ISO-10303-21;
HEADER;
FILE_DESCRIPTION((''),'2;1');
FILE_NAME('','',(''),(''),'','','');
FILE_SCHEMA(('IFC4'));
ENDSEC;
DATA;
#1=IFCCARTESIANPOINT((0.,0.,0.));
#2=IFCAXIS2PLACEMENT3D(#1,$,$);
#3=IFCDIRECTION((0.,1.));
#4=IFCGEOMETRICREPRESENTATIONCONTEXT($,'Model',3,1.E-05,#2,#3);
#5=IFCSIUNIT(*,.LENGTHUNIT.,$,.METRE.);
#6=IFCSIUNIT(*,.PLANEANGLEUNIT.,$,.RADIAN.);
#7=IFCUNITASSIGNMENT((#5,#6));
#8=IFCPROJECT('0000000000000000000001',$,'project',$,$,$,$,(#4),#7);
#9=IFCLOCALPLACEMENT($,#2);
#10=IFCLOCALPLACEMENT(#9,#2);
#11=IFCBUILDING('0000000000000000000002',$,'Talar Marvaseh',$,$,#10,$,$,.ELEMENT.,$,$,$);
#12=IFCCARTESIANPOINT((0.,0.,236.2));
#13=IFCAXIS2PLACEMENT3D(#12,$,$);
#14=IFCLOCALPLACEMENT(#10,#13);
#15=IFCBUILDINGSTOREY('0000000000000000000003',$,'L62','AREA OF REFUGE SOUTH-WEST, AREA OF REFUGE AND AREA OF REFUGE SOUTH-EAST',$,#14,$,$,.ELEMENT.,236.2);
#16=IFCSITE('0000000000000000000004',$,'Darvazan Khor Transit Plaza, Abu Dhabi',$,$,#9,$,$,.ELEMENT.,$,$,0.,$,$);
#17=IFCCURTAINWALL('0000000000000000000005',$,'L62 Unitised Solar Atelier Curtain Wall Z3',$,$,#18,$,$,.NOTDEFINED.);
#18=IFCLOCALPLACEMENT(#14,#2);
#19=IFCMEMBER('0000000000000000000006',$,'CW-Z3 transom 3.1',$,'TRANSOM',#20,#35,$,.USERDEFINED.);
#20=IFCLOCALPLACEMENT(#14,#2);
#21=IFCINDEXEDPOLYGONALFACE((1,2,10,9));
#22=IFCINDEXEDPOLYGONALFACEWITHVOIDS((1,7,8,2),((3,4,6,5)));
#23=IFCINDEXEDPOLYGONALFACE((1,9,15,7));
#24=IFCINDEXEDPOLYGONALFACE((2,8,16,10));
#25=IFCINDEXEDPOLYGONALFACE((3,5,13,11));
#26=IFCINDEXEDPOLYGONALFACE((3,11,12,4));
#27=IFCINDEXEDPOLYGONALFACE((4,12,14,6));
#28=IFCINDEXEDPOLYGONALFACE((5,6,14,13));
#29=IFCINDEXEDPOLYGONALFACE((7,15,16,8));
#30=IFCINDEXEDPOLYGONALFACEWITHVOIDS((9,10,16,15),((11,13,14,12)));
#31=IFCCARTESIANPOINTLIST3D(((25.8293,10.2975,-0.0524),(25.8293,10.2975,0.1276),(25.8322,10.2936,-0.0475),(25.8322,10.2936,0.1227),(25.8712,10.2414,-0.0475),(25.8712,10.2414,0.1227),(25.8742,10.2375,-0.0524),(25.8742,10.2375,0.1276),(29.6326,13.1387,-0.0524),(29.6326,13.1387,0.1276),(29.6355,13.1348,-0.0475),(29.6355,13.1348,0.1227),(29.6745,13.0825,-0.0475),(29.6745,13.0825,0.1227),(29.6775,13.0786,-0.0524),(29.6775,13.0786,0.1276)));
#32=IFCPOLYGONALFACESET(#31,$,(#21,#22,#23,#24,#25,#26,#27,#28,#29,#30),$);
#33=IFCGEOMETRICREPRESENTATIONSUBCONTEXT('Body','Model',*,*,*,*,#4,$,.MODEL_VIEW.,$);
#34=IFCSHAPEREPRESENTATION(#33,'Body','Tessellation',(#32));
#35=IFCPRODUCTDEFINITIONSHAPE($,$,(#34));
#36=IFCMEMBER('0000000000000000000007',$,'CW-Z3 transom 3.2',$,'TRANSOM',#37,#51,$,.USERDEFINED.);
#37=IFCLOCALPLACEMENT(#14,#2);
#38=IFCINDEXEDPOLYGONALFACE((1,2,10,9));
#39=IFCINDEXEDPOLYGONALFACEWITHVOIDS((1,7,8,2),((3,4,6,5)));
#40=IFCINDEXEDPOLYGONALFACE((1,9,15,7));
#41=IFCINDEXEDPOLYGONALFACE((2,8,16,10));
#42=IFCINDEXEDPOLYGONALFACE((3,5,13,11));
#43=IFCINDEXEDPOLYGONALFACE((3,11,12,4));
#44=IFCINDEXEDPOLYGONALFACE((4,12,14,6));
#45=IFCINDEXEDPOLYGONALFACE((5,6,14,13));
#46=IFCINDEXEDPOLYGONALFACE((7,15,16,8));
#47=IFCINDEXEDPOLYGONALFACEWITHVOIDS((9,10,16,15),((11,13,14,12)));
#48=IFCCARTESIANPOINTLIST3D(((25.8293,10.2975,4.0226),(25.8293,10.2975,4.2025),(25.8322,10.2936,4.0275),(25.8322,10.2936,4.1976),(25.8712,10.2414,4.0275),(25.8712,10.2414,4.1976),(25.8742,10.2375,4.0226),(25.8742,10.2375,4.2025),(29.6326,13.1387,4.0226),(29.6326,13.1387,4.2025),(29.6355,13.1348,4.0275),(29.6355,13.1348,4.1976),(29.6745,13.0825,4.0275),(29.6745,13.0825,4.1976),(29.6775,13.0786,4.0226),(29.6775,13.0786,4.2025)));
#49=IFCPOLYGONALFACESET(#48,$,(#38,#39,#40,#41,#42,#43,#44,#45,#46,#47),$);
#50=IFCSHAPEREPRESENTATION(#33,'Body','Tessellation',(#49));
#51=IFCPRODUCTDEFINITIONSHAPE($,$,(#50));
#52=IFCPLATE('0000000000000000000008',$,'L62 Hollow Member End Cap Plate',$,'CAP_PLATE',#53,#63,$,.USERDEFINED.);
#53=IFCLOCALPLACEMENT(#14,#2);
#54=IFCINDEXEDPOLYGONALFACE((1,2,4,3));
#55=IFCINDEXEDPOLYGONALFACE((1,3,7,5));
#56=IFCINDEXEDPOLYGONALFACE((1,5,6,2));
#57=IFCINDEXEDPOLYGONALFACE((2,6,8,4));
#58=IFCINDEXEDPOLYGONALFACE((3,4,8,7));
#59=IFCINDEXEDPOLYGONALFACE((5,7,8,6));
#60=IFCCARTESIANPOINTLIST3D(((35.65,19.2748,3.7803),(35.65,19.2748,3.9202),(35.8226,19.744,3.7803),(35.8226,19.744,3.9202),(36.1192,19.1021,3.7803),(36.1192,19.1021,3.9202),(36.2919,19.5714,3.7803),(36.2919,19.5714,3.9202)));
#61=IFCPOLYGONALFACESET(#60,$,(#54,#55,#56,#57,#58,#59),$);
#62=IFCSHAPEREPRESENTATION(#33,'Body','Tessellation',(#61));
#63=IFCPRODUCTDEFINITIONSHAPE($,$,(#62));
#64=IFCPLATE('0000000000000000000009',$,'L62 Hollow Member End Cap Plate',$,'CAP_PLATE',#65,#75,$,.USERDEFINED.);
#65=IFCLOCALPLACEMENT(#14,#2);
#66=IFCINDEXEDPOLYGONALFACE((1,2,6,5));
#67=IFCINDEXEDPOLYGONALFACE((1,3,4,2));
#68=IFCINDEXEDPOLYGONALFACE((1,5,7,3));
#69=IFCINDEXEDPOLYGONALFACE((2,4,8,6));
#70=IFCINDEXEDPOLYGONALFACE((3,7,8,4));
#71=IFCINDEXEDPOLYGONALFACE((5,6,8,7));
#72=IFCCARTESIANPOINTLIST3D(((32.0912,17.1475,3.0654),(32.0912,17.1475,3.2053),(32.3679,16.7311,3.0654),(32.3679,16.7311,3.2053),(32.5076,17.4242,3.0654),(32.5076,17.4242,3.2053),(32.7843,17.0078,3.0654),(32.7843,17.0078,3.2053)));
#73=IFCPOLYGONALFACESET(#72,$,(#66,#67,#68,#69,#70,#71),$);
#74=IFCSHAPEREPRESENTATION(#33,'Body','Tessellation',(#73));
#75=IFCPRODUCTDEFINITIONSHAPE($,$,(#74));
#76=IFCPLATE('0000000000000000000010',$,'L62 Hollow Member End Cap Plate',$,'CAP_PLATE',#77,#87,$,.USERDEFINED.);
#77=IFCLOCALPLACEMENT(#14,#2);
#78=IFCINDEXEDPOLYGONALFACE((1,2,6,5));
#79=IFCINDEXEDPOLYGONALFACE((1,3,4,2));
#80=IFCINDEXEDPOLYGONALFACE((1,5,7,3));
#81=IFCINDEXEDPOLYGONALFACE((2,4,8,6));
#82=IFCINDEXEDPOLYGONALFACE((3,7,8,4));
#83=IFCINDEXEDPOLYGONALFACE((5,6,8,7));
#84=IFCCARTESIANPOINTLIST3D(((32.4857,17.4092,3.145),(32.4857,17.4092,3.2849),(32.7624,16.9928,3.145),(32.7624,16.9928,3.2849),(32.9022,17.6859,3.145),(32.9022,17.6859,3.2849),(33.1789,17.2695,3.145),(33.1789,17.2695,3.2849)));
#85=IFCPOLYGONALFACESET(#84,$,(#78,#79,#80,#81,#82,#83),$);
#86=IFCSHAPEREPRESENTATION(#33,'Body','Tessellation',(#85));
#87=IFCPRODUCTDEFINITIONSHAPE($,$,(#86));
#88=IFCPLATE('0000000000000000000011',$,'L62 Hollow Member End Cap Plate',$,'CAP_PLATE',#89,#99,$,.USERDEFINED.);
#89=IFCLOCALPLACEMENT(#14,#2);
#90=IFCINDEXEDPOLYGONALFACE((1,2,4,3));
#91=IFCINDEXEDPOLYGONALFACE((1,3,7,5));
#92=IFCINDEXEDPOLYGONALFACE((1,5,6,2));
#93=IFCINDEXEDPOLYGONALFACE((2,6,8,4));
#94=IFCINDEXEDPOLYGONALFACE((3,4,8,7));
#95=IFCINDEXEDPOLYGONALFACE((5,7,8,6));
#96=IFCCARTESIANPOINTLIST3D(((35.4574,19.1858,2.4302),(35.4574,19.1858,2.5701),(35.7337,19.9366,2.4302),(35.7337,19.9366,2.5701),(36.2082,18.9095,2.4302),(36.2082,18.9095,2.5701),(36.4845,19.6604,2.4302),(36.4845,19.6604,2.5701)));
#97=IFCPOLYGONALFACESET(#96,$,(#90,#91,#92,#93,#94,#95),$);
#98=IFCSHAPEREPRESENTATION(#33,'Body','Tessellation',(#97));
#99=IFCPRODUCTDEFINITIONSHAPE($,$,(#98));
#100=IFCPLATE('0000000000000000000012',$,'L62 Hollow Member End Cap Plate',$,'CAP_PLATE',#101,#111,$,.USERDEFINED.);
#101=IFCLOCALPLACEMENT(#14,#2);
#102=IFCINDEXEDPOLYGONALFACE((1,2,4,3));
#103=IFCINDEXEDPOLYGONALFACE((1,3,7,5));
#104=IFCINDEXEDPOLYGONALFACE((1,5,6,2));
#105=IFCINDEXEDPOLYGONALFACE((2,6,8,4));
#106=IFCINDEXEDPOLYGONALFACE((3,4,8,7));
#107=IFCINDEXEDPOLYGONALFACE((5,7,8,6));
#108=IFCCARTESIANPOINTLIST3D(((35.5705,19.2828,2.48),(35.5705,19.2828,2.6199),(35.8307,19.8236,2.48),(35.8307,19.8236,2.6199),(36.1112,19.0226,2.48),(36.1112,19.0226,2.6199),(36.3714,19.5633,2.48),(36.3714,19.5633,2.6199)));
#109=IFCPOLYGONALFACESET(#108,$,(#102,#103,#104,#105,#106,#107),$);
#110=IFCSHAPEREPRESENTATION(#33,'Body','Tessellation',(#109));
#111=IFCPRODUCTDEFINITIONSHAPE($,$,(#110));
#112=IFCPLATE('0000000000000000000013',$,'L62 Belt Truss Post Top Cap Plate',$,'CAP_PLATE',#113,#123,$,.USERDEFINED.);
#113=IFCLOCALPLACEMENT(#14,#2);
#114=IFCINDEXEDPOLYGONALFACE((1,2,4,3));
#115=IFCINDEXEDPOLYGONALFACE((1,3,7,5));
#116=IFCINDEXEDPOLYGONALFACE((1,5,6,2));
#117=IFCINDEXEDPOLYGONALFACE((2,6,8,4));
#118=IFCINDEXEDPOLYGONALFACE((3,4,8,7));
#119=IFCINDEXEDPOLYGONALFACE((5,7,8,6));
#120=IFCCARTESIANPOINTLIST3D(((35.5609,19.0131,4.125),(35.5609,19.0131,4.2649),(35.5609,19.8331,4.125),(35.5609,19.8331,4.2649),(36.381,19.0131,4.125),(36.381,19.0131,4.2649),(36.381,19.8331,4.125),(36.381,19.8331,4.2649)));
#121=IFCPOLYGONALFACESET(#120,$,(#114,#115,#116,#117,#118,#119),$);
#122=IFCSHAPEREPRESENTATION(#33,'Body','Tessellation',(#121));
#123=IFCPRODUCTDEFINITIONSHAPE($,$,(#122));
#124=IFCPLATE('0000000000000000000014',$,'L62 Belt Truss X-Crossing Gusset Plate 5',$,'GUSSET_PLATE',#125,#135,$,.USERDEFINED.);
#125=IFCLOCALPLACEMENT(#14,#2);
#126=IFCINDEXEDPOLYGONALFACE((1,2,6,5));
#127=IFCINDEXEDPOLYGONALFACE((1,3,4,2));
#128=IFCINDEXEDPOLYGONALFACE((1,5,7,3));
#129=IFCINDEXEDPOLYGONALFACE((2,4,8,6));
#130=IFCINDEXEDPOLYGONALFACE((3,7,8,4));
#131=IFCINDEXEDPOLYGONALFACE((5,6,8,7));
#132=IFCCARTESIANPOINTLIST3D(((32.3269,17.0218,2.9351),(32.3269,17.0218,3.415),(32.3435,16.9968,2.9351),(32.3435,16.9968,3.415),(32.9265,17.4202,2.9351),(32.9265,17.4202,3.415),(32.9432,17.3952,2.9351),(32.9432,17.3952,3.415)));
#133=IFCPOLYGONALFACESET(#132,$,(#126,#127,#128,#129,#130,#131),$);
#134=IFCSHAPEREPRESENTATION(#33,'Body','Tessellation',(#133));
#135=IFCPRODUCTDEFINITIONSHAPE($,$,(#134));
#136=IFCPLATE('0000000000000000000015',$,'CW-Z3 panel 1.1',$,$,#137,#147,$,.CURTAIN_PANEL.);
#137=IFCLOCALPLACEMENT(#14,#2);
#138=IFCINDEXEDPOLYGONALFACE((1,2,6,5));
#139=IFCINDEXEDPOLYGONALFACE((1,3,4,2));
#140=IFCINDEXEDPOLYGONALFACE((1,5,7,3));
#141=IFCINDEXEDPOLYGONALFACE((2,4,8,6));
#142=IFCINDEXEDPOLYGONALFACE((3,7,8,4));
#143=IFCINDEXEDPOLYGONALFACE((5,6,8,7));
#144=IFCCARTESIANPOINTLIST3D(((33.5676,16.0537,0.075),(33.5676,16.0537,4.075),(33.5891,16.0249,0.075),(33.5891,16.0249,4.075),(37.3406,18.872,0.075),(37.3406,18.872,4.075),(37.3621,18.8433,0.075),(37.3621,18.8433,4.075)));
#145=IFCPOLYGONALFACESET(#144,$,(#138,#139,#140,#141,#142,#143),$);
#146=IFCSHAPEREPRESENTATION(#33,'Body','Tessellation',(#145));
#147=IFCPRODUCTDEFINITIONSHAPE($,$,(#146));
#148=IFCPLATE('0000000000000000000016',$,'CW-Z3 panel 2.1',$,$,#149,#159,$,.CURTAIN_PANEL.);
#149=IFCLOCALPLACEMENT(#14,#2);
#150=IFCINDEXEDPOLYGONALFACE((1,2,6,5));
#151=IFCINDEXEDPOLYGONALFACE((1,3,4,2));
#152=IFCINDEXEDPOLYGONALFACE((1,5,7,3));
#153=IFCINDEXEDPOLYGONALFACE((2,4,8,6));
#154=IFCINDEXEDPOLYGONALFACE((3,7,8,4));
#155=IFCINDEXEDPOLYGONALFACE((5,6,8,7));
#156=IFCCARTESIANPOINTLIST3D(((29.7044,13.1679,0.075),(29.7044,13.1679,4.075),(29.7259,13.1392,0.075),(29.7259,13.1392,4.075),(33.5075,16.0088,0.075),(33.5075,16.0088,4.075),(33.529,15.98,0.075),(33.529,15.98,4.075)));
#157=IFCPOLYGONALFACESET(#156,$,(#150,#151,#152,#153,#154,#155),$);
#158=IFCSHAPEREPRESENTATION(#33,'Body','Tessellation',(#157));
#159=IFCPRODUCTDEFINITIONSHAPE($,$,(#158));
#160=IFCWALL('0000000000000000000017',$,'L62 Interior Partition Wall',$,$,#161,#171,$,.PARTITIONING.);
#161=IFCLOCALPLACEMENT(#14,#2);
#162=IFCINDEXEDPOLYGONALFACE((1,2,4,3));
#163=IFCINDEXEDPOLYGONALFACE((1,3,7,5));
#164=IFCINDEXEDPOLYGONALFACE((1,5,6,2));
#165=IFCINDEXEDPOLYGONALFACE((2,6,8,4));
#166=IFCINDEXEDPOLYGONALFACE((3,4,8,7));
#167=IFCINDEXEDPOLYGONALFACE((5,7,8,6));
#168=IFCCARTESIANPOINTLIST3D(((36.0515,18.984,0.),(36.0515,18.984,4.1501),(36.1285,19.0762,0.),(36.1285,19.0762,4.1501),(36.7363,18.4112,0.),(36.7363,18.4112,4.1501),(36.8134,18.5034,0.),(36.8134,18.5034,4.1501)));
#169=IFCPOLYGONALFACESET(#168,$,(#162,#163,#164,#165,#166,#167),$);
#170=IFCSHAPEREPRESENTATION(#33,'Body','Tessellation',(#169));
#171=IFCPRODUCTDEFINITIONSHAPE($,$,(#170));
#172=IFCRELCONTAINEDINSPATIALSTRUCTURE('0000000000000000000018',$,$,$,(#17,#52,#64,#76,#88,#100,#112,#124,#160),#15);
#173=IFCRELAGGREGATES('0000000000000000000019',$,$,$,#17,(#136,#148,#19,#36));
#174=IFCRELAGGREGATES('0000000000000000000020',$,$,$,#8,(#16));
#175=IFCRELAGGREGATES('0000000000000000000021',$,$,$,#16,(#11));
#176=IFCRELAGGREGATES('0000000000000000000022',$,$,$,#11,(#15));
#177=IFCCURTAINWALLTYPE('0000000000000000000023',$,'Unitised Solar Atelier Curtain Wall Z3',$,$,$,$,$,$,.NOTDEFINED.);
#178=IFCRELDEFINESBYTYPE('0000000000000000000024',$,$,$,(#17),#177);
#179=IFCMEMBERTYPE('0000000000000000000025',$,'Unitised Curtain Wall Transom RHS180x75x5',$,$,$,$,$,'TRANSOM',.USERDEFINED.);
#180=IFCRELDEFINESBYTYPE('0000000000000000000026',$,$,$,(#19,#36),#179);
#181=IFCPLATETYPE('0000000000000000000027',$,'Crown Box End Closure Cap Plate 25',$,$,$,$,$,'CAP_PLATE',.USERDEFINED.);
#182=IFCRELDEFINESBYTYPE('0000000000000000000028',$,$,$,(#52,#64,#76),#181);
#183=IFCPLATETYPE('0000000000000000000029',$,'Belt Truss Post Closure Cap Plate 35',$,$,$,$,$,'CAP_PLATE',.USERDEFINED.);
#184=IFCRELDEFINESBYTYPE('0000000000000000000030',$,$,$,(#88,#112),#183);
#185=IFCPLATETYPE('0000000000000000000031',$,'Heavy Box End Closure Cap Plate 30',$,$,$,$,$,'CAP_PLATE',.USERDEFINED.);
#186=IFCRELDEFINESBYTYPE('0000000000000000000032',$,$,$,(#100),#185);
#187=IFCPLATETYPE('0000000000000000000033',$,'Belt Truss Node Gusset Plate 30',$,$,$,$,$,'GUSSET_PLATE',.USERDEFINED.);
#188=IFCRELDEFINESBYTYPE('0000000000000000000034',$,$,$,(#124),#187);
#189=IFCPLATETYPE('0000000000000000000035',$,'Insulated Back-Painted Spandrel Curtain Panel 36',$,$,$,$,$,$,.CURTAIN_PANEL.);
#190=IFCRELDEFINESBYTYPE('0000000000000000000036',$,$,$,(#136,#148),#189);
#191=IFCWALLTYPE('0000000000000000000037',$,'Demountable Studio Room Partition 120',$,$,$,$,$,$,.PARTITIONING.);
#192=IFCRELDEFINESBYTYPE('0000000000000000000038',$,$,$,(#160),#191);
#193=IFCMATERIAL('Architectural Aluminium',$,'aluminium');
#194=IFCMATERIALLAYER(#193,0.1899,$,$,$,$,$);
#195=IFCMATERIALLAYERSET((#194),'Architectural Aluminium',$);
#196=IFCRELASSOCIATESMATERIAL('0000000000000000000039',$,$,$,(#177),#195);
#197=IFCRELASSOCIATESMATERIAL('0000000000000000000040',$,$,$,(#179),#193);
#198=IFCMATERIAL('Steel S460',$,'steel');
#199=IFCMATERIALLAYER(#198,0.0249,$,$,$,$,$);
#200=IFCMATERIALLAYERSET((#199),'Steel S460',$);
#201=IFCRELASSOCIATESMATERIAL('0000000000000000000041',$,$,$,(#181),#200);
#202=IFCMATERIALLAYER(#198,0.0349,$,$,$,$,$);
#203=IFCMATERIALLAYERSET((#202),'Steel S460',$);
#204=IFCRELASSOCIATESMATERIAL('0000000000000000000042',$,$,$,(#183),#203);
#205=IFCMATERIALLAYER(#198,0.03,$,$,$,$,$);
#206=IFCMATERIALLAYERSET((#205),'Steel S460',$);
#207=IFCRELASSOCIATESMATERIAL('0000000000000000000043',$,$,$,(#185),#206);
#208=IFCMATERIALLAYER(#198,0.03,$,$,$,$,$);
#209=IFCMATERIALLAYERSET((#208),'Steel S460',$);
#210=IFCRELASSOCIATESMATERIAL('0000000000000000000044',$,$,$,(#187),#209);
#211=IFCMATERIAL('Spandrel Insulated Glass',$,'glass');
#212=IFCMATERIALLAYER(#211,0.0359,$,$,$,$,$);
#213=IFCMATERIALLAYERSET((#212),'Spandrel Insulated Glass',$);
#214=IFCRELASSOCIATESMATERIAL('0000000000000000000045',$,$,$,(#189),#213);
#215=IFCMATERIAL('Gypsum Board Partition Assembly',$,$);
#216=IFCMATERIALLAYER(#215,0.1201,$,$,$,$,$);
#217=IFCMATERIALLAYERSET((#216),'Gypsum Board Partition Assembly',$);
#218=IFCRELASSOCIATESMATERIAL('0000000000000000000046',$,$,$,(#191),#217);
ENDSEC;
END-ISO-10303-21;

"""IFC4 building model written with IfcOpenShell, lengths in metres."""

from ifc_helpers import new_model, si_unit, direction, frame, frame_2d, origin, origin_2d, place, context, subcontext, project, spatial, rectangle, hollow_rectangle, extrude, source, transform, mapped, material, layer, layer_set, material_profile, profile_set, type_object, type_shapes, element, aggregate, save


model = new_model("IFC4")

# Units and contexts
model_context = context("Model", 3, precision=1e-05, world=origin(), true_north=direction((0.0, 1.0)))
body_context = subcontext(model_context, "Body", "Model", "MODEL_VIEW")
ifc_project = project(units=[si_unit("LENGTHUNIT", "METRE"), si_unit("PLANEANGLEUNIT", "RADIAN")], contexts=[model_context])

# Site, building, storey
site_placement = place(None, origin())
site = spatial("IfcSite", under=ifc_project, at=site_placement, Name="Darvazan Khor Transit Plaza, Abu Dhabi", CompositionType="ELEMENT", RefElevation=0.0)
building_placement = place(site_placement, origin())
building = spatial("IfcBuilding", under=site, at=building_placement, Name="Talar Marvaseh", CompositionType="ELEMENT")
storey_placement = place(building_placement, frame((0.0, 0.0, 236.2)))
storey = spatial("IfcBuildingStorey", under=building, at=storey_placement, Name="L62", Description="AREA OF REFUGE SOUTH-WEST, AREA OF REFUGE AND AREA OF REFUGE SOUTH-EAST", CompositionType="ELEMENT", Elevation=236.2)

# Shared definitions
ifc_material_1 = material(Name="Steel S460", Category="steel")

# Curtain wall, members
ifc_material_2 = material(Name="Architectural Aluminium", Category="aluminium")
ifc_layer_1 = layer(ifc_material_2, 0.1899)
ifc_layer_set_1 = layer_set([ifc_layer_1], Name="Architectural Aluminium")
curtain_wall_type = type_object("IfcCurtainWallType", Name="Unitised Solar Atelier Curtain Wall Z3", PredefinedType="NOTDEFINED", material=ifc_layer_set_1)
curtain_wall_placement = place(storey_placement, origin())
curtain_wall = element("IfcCurtainWall", 1, at=curtain_wall_placement, inside=storey, type_object=curtain_wall_type, Name="L62 Unitised Solar Atelier Curtain Wall Z3", PredefinedType="NOTDEFINED")
ifc_material_profile_1 = material_profile(ifc_material_2, hollow_rectangle(XDim=0.075, YDim=0.1799, WallThickness=0.0049, at=origin_2d()), Name="RHS180x75x5")
ifc_profile_set_1 = profile_set([ifc_material_profile_1], Name="Architectural Aluminium")
member_type_1 = type_object("IfcMemberType", Name="Unitised Curtain Wall Transom RHS180x75x5", ElementType="TRANSOM", PredefinedType="USERDEFINED", material=ifc_profile_set_1)
shared_shape_1 = source(origin(), body_context, "Body", "SweptSolid", [
    extrude(hollow_rectangle(XDim=0.075, YDim=0.1799, WallThickness=0.0049, at=origin_2d()), origin(), (0.0, 0.0, 1.0), 4.7473),
])
member_1_placement = place(storey_placement, frame((29.655, 13.1086, 0.0376), z_axis=(-0.801146, -0.598468, 0.0), x_axis=(0.598468, -0.801146, 0.0)))
member_1 = element("IfcMember", 2, at=member_1_placement, type_object=member_type_1, Name="CW-Z3 transom 3.1", ObjectType="TRANSOM", PredefinedType="USERDEFINED", context=body_context, shape_type="MappedRepresentation", body=[
    mapped(shared_shape_1, transform((0.0, 0.0, 0.0), x_axis=(1.0, 0.0, 0.0), y_axis=(0.0, 1.0, 0.0), z_axis=(0.0, 0.0, 1.0), scale=1.0)),
])
member_2_placement = place(storey_placement, frame((29.655, 13.1086, 4.1125), z_axis=(-0.801146, -0.598468, 0.0), x_axis=(0.598468, -0.801146, 0.0)))
member_2 = element("IfcMember", 3, at=member_2_placement, type_object=member_type_1, Name="CW-Z3 transom 3.2", ObjectType="TRANSOM", PredefinedType="USERDEFINED", context=body_context, shape_type="MappedRepresentation", body=[
    mapped(shared_shape_1, transform((0.0, 0.0, 0.0), x_axis=(1.0, 0.0, 0.0), y_axis=(0.0, 1.0, 0.0), z_axis=(0.0, 0.0, 1.0), scale=1.0)),
])

# Plates
ifc_layer_2 = layer(ifc_material_1, 0.0249)
ifc_layer_set_2 = layer_set([ifc_layer_2], Name="Steel S460")
plate_type_1 = type_object("IfcPlateType", Name="Crown Box End Closure Cap Plate 25", ElementType="CAP_PLATE", PredefinedType="USERDEFINED", material=ifc_layer_set_2)
shared_shape_2 = source(origin(), body_context, "Body", "SweptSolid", [
    extrude(rectangle(XDim=0.5, YDim=0.5, at=origin_2d()), origin(), (0.0, 0.0, 1.0), 0.1399),
])
type_shapes(plate_type_1, [shared_shape_2])
for number, where, z_axis, x_axis, name in (
    (4, (35.9709, 19.4231, 3.7803), (0.0, 0.0, 1.0), (-0.345298, -0.938493, 0.0), "L62 Hollow Member End Cap Plate"),
    (5, (32.4377, 17.0776, 3.0654), (0.0, 0.0, 1.0), (0.832921, 0.553392, 0.0), "L62 Hollow Member End Cap Plate"),
    (6, (32.8323, 17.3394, 3.145), (0.0, 0.0, 1.0), (0.832921, 0.553392, 0.0), "L62 Hollow Member End Cap Plate"),
):
    element("IfcPlate", number, at=place(storey_placement, frame(where, z_axis=z_axis, x_axis=x_axis)), inside=storey, type_object=plate_type_1, Name=name, ObjectType="CAP_PLATE", PredefinedType="USERDEFINED", context=body_context, shape_type="MappedRepresentation", body=[
        mapped(shared_shape_2, transform((0.0, 0.0, 0.0), x_axis=(1.0, 0.0, 0.0), y_axis=(0.0, 1.0, 0.0), z_axis=(0.0, 0.0, 1.0), scale=1.0)),
    ])
ifc_layer_3 = layer(ifc_material_1, 0.0349)
ifc_layer_set_3 = layer_set([ifc_layer_3], Name="Steel S460")
plate_type_2 = type_object("IfcPlateType", Name="Belt Truss Post Closure Cap Plate 35", ElementType="CAP_PLATE", PredefinedType="USERDEFINED", material=ifc_layer_set_3)
shared_shape_3 = source(origin(), body_context, "Body", "SweptSolid", [
    extrude(rectangle(XDim=0.8, YDim=0.8, at=origin_2d()), origin(), (0.0, 0.0, 1.0), 0.1399),
])
plate_1_placement = place(storey_placement, frame((35.9709, 19.4231, 2.4302), z_axis=(0.0, 0.0, 1.0), x_axis=(-0.345298, -0.938493, 0.0)))
element("IfcPlate", 7, at=plate_1_placement, inside=storey, type_object=plate_type_2, Name="L62 Hollow Member End Cap Plate", ObjectType="CAP_PLATE", PredefinedType="USERDEFINED", context=body_context, shape_type="MappedRepresentation", body=[
    mapped(shared_shape_3, transform((0.0, 0.0, 0.0), x_axis=(1.0, 0.0, 0.0), y_axis=(0.0, 1.0, 0.0), z_axis=(0.0, 0.0, 1.0), scale=1.0)),
])
ifc_layer_4 = layer(ifc_material_1, 0.03)
ifc_layer_set_4 = layer_set([ifc_layer_4], Name="Steel S460")
plate_type_3 = type_object("IfcPlateType", Name="Heavy Box End Closure Cap Plate 30", ElementType="CAP_PLATE", PredefinedType="USERDEFINED", material=ifc_layer_set_4)
shared_shape_4 = source(origin(), body_context, "Body", "SweptSolid", [
    extrude(rectangle(XDim=0.6001, YDim=0.6001, at=origin_2d()), origin(), (0.0, 0.0, 1.0), 0.1399),
])
type_shapes(plate_type_3, [shared_shape_4])
plate_2_placement = place(storey_placement, frame((35.9709, 19.4231, 2.48), z_axis=(0.0, 0.0, 1.0), x_axis=(-0.901077, 0.433659, 0.0)))
element("IfcPlate", 8, at=plate_2_placement, inside=storey, type_object=plate_type_3, Name="L62 Hollow Member End Cap Plate", ObjectType="CAP_PLATE", PredefinedType="USERDEFINED", context=body_context, shape_type="MappedRepresentation", body=[
    mapped(shared_shape_4, transform((0.0, 0.0, 0.0), x_axis=(1.0, 0.0, 0.0), y_axis=(0.0, 1.0, 0.0), z_axis=(0.0, 0.0, 1.0), scale=1.0)),
])
shared_shape_5 = source(origin(), body_context, "Body", "SweptSolid", [
    extrude(rectangle(XDim=0.8201, YDim=0.8201, at=origin_2d()), origin(), (0.0, 0.0, 1.0), 0.1399),
])
type_shapes(plate_type_2, [shared_shape_3, shared_shape_5])
plate_3_placement = place(storey_placement, frame((35.9709, 19.4231, 4.125), z_axis=(0.0, 0.0, 1.0), x_axis=(1.0, 0.0, 0.0)))
element("IfcPlate", 9, at=plate_3_placement, inside=storey, type_object=plate_type_2, Name="L62 Belt Truss Post Top Cap Plate", ObjectType="CAP_PLATE", PredefinedType="USERDEFINED", context=body_context, shape_type="MappedRepresentation", body=[
    mapped(shared_shape_5, transform((0.0, 0.0, 0.0), x_axis=(1.0, 0.0, 0.0), y_axis=(0.0, 1.0, 0.0), z_axis=(0.0, 0.0, 1.0), scale=1.0)),
])
ifc_layer_5 = layer(ifc_material_1, 0.03)
ifc_layer_set_5 = layer_set([ifc_layer_5], Name="Steel S460")
plate_type_4 = type_object("IfcPlateType", Name="Belt Truss Node Gusset Plate 30", ElementType="GUSSET_PLATE", PredefinedType="USERDEFINED", material=ifc_layer_set_5)
shared_shape_6 = source(origin(), body_context, "Body", "SweptSolid", [
    extrude(rectangle(XDim=0.72, YDim=0.03, at=origin_2d()), origin(), (0.0, 0.0, 1.0), 0.48),
])
type_shapes(plate_type_4, [shared_shape_6])
plate_4_placement = place(storey_placement, frame((32.635, 17.2085, 2.9351), z_axis=(0.0, 0.0, 1.0), x_axis=(-0.832921, -0.553392, 0.0)))
element("IfcPlate", 10, at=plate_4_placement, inside=storey, type_object=plate_type_4, Name="L62 Belt Truss X-Crossing Gusset Plate 5", ObjectType="GUSSET_PLATE", PredefinedType="USERDEFINED", context=body_context, shape_type="MappedRepresentation", body=[
    mapped(shared_shape_6, transform((0.0, 0.0, 0.0), x_axis=(1.0, 0.0, 0.0), y_axis=(0.0, 1.0, 0.0), z_axis=(0.0, 0.0, 1.0), scale=1.0)),
])

# Plates
ifc_material_3 = material(Name="Spandrel Insulated Glass", Category="glass")
ifc_layer_6 = layer(ifc_material_3, 0.0359)
ifc_layer_set_6 = layer_set([ifc_layer_6], Name="Spandrel Insulated Glass")
plate_type_5 = type_object("IfcPlateType", Name="Insulated Back-Painted Spandrel Curtain Panel 36", PredefinedType="CURTAIN_PANEL", material=ifc_layer_set_6)
shared_shape_7 = source(origin(), body_context, "Body", "SweptSolid", [
    extrude(rectangle(XDim=4.7095, YDim=0.0359, at=origin_2d()), origin(), (0.0, 0.0, 1.0), 4.0),
])
plate_5_placement = place(storey_placement, frame((35.4648, 17.4485, 0.075), z_axis=(0.0, 0.0, 1.0), x_axis=(-0.801162, -0.598448, 0.0)))
plate_5 = element("IfcPlate", 11, at=plate_5_placement, type_object=plate_type_5, Name="CW-Z3 panel 1.1", PredefinedType="CURTAIN_PANEL", context=body_context, shape_type="MappedRepresentation", body=[
    mapped(shared_shape_7, transform((0.0, 0.0, 0.0), x_axis=(1.0, 0.0, 0.0), y_axis=(0.0, 1.0, 0.0), z_axis=(0.0, 0.0, 1.0), scale=1.0)),
])
shared_shape_8 = source(origin(), body_context, "Body", "SweptSolid", [
    extrude(rectangle(XDim=4.7471, YDim=0.0359, at=origin_2d()), origin(), (0.0, 0.0, 1.0), 4.0),
])
type_shapes(plate_type_5, [shared_shape_7, shared_shape_8])
plate_6_placement = place(storey_placement, frame((31.6167, 14.574, 0.075), z_axis=(0.0, 0.0, 1.0), x_axis=(-0.801162, -0.598448, 0.0)))
plate_6 = element("IfcPlate", 12, at=plate_6_placement, type_object=plate_type_5, Name="CW-Z3 panel 2.1", PredefinedType="CURTAIN_PANEL", context=body_context, shape_type="MappedRepresentation", body=[
    mapped(shared_shape_8, transform((0.0, 0.0, 0.0), x_axis=(1.0, 0.0, 0.0), y_axis=(0.0, 1.0, 0.0), z_axis=(0.0, 0.0, 1.0), scale=1.0)),
])
aggregate(curtain_wall, [plate_5, plate_6, member_1, member_2])

# Wall
ifc_material_4 = material(Name="Gypsum Board Partition Assembly")
ifc_layer_7 = layer(ifc_material_4, 0.1201)
ifc_layer_set_7 = layer_set([ifc_layer_7], Name="Gypsum Board Partition Assembly")
wall_type = type_object("IfcWallType", Name="Demountable Studio Room Partition 120", PredefinedType="PARTITIONING", material=ifc_layer_set_7)
wall_placement = place(storey_placement, frame((36.0901, 19.03, 0.0), z_axis=(0.0, 0.0, 1.0), x_axis=(0.767077, -0.641555, 0.0)))
element("IfcWall", 13, at=wall_placement, inside=storey, type_object=wall_type, Name="L62 Interior Partition Wall", PredefinedType="PARTITIONING", context=body_context, shape_type="SweptSolid", body=[
    extrude(rectangle(XDim=0.8928, YDim=0.1201, at=frame_2d((0.4463, 0.0))), origin(), (0.0, 0.0, 1.0), 4.1501),
])

save(model, "model.ifc")
